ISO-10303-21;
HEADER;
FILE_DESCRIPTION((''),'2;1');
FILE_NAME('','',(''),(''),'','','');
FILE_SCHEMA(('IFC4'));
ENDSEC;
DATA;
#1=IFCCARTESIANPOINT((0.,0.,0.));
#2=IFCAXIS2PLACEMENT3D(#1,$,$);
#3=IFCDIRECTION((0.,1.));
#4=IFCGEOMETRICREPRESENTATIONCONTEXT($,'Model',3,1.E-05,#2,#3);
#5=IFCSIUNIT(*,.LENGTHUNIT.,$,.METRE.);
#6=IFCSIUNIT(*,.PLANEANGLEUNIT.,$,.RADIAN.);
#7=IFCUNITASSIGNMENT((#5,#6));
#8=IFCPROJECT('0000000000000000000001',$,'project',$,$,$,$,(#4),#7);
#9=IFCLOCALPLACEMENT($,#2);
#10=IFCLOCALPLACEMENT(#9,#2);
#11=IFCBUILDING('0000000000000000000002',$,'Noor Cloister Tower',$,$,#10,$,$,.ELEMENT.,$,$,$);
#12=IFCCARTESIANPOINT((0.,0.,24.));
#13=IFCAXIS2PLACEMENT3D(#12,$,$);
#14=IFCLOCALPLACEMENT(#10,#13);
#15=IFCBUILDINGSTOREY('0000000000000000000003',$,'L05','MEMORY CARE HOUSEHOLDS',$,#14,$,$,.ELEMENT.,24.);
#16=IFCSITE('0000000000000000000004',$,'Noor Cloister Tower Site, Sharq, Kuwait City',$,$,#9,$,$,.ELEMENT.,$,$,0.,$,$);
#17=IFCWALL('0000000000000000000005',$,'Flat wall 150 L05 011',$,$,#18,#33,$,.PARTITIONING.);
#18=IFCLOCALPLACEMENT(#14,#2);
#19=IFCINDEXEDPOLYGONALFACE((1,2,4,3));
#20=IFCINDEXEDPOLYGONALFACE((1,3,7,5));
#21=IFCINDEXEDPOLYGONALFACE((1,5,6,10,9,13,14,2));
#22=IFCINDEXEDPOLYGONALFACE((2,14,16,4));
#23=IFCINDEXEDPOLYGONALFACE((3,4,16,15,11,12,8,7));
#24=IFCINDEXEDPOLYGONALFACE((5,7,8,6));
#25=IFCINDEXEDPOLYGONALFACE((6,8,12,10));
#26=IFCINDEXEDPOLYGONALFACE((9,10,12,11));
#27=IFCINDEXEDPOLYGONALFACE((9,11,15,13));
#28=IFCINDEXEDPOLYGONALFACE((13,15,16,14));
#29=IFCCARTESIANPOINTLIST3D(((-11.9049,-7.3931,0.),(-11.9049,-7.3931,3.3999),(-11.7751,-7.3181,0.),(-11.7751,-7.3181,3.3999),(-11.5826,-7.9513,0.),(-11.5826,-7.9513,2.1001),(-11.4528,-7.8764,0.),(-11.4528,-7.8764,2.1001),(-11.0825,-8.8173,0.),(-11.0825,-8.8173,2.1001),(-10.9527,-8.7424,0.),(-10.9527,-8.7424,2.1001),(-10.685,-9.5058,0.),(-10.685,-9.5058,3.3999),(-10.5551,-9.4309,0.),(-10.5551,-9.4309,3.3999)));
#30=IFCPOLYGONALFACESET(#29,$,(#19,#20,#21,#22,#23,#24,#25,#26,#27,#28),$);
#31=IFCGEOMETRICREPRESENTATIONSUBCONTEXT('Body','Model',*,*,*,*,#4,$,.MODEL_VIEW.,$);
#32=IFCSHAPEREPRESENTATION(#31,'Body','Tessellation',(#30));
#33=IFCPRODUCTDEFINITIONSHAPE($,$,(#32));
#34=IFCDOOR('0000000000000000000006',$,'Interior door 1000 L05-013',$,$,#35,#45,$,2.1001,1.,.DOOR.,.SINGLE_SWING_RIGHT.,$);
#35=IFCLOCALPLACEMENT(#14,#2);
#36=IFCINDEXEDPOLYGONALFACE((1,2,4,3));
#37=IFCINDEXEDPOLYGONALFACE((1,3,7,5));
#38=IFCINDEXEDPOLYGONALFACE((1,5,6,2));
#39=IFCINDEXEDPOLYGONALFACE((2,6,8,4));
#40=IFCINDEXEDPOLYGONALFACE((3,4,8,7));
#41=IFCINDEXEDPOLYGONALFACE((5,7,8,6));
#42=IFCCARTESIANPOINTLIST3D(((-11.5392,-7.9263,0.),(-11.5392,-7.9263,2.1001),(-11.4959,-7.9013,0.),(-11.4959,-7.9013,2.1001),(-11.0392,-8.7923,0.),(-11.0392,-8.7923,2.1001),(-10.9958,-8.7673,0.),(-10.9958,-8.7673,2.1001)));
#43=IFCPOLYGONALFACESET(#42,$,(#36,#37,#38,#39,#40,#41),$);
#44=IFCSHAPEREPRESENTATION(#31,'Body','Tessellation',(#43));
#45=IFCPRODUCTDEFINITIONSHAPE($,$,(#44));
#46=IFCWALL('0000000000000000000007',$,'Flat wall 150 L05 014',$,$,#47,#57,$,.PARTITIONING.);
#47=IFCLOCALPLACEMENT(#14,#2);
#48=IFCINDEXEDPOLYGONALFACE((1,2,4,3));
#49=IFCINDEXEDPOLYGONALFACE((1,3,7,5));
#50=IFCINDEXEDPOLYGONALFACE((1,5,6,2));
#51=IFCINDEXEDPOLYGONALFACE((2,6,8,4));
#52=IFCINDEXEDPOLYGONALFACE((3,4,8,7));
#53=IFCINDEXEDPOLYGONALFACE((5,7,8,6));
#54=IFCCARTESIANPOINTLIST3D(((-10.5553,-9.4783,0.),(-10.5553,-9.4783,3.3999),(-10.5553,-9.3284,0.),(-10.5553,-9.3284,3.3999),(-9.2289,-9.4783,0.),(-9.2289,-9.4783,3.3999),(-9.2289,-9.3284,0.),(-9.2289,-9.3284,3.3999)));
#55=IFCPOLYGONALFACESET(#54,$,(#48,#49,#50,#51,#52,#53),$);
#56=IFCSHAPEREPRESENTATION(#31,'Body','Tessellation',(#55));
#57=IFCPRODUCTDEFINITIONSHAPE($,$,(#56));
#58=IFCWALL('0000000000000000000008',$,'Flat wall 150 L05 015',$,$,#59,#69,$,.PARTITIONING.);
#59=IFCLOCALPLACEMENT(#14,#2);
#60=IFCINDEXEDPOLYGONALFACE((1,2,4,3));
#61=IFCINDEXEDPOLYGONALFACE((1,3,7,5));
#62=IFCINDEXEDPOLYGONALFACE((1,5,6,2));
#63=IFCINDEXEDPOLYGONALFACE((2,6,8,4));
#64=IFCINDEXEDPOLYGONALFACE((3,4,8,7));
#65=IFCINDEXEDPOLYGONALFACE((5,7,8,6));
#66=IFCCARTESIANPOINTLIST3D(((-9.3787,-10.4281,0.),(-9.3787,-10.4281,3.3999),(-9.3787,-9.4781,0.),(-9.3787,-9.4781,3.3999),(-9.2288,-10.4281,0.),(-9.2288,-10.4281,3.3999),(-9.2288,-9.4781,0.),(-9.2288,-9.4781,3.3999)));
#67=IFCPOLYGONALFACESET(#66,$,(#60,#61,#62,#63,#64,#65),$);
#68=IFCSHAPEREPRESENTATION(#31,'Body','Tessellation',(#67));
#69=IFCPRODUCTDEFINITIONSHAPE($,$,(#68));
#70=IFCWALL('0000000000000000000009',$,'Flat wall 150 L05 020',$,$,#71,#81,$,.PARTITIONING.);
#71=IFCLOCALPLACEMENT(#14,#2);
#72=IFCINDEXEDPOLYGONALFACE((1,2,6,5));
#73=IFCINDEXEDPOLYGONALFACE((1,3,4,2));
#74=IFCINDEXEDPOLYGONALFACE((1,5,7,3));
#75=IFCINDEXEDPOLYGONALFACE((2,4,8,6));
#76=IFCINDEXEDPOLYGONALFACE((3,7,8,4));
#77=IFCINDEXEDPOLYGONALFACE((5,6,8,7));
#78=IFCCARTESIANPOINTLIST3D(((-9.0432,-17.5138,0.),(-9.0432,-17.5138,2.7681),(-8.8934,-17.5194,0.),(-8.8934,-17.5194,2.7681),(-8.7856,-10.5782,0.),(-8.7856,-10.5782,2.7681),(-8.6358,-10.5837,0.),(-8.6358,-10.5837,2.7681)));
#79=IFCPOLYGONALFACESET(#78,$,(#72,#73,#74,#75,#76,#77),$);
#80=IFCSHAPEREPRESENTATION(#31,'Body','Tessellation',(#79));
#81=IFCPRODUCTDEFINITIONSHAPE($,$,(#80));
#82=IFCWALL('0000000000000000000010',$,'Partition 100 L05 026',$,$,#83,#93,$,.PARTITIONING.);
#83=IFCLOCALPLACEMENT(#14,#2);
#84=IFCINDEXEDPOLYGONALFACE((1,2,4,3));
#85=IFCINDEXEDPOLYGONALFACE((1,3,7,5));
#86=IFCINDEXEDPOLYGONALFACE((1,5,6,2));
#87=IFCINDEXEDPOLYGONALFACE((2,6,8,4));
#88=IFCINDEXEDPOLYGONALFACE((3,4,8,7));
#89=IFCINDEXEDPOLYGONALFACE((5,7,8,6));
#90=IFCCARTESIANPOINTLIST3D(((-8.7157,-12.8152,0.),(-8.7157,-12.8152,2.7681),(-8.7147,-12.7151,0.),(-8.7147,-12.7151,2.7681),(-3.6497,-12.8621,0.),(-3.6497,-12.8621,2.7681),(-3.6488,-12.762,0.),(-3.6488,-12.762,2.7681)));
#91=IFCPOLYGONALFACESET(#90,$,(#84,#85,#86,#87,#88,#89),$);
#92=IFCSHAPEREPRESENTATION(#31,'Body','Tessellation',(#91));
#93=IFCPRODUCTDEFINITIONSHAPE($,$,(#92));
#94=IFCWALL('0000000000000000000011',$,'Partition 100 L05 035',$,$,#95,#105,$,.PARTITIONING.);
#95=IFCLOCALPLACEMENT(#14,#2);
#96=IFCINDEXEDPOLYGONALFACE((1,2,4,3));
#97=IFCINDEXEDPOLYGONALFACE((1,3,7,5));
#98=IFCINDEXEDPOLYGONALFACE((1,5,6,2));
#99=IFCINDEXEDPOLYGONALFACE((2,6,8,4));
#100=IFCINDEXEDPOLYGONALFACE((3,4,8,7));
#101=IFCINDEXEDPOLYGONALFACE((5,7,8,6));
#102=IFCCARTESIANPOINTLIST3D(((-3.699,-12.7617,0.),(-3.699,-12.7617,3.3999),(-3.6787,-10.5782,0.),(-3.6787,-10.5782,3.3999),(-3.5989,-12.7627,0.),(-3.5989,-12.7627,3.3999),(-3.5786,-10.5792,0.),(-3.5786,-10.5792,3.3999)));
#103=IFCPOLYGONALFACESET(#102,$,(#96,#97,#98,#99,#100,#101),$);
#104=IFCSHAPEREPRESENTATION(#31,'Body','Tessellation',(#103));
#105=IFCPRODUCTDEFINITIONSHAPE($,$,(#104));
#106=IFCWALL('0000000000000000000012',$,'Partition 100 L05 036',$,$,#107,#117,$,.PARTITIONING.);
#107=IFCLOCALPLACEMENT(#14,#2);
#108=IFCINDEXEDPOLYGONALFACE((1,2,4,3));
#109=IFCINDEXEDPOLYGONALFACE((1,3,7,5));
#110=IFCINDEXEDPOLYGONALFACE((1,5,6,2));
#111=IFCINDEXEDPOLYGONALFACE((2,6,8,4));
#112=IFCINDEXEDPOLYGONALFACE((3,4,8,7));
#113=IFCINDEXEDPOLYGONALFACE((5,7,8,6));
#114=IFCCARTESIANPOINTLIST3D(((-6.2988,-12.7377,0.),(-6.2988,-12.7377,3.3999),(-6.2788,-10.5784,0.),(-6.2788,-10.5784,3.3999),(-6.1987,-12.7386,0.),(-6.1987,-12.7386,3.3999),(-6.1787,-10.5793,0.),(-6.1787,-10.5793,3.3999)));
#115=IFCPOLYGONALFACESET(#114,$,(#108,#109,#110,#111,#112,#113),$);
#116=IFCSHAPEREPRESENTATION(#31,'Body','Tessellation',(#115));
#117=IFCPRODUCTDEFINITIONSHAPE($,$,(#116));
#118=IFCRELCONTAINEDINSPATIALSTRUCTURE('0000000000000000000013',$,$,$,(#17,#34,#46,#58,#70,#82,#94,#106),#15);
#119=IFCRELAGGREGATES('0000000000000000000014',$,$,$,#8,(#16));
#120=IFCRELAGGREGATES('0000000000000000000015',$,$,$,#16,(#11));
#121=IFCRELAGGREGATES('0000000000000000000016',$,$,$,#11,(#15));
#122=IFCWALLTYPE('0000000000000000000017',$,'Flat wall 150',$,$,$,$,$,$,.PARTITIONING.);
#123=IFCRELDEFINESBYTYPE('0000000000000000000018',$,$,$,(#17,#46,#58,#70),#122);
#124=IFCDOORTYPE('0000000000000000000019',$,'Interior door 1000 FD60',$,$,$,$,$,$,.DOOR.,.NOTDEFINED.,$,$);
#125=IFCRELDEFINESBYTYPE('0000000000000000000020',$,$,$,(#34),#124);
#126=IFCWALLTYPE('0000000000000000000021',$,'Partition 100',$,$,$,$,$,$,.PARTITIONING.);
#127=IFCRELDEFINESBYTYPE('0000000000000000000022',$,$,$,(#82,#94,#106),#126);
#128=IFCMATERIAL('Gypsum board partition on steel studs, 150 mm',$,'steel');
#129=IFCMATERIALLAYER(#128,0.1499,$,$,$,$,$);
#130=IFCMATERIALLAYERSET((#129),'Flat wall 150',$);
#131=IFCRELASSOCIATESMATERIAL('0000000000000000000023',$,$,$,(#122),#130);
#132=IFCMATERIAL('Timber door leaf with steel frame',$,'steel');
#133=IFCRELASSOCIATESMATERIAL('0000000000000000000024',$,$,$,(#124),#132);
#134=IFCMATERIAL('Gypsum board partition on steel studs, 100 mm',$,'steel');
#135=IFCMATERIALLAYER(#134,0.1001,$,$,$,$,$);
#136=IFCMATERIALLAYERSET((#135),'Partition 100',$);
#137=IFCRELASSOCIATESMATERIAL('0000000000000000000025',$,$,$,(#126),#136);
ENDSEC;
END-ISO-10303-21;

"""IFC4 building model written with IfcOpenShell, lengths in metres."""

from ifc_helpers import new_model, si_unit, direction, frame, frame_2d, origin, place, context, subcontext, project, spatial, rectangle, extrude, material, layer, layer_set, type_object, element, fill, save


model = new_model("IFC4")

# Units and contexts
model_context = context("Model", 3, precision=1e-05, world=origin(), true_north=direction((0.0, 1.0)))
body_context = subcontext(model_context, "Body", "Model", "MODEL_VIEW")
ifc_project = project(units=[si_unit("LENGTHUNIT", "METRE"), si_unit("PLANEANGLEUNIT", "RADIAN")], contexts=[model_context])

# Site, building, storey
site_placement = place(None, origin())
site = spatial("IfcSite", under=ifc_project, at=site_placement, Name="Noor Cloister Tower Site, Sharq, Kuwait City", CompositionType="ELEMENT", RefElevation=0.0)
building_placement = place(site_placement, origin())
building = spatial("IfcBuilding", under=site, at=building_placement, Name="Noor Cloister Tower", CompositionType="ELEMENT")
storey_placement = place(building_placement, frame((0.0, 0.0, 24.0)))
storey = spatial("IfcBuildingStorey", under=building, at=storey_placement, Name="L05", Description="MEMORY CARE HOUSEHOLDS", CompositionType="ELEMENT", Elevation=24.0)

# Wall, opening, door
ifc_material_1 = material(Name="Gypsum board partition on steel studs, 150 mm", Category="steel")
ifc_layer_1 = layer(ifc_material_1, 0.1499)
ifc_layer_set_1 = layer_set([ifc_layer_1], Name="Flat wall 150")
wall_type_1 = type_object("IfcWallType", Name="Flat wall 150", PredefinedType="PARTITIONING", material=ifc_layer_set_1)
wall_1_placement = place(storey_placement, frame((-10.6201, -9.4683, 0.0), z_axis=(0.0, 0.0, 1.0), x_axis=(-0.500046, 0.865999, 0.0)))
wall_1 = element("IfcWall", 1, at=wall_1_placement, inside=storey, type_object=wall_type_1, Name="Flat wall 150 L05 011", PredefinedType="PARTITIONING", context=body_context, shape_type="SweptSolid", body=[
    extrude(rectangle(XDim=2.4397, YDim=0.1499, at=frame_2d((1.2197, 0.0))), origin(), (0.0, 0.0, 1.0), 3.3999),
])
opening_1_placement = place(wall_1_placement, frame((0.7949, 0.0, 0.0)))
opening_1 = element("IfcOpeningElement", 2, at=opening_1_placement, cuts=wall_1, PredefinedType="OPENING", context=body_context, shape_type="SweptSolid", body=[
    extrude(rectangle(XDim=1.0, YDim=2.1001, at=frame_2d((0.5, 1.05))), frame((0.0, 0.085, 0.0), z_axis=(0.0, -1.0, 0.0), x_axis=(1.0, 0.0, 0.0)), (0.0, 0.0, 1.0), 0.1699),
])
ifc_material_2 = material(Name="Timber door leaf with steel frame", Category="steel")
door_type_1 = type_object("IfcDoorType", Name="Interior door 1000 FD60", OperationType="NOTDEFINED", PredefinedType="DOOR", material=ifc_material_2)
door_1_placement = place(opening_1_placement, origin())
door_1 = element("IfcDoor", 3, at=door_1_placement, inside=storey, type_object=door_type_1, Name="Interior door 1000 L05-013", OperationType="SINGLE_SWING_RIGHT", OverallHeight=2.1001, OverallWidth=1.0, PredefinedType="DOOR", context=body_context, shape_type="SweptSolid", body=[
    extrude(rectangle(XDim=1.0, YDim=2.1001, at=frame_2d((0.5, 1.05))), frame((0.0, 0.0249, 0.0), z_axis=(0.0, -1.0, 0.0), x_axis=(1.0, 0.0, 0.0)), (0.0, 0.0, 1.0), 0.05),
])
fill(opening_1, door_1)

# Walls
wall_2_placement = place(storey_placement, frame((-10.5552, -9.4033, 0.0), z_axis=(0.0, 0.0, 1.0), x_axis=(1.0, 0.0, 0.0)))
element("IfcWall", 4, at=wall_2_placement, inside=storey, type_object=wall_type_1, Name="Flat wall 150 L05 014", PredefinedType="PARTITIONING", context=body_context, shape_type="SweptSolid", body=[
    extrude(rectangle(XDim=1.3264, YDim=0.1499, at=frame_2d((0.6631, 0.0))), origin(), (0.0, 0.0, 1.0), 3.3999),
])
wall_3_placement = place(storey_placement, frame((-9.3037, -10.4282, 0.0), z_axis=(0.0, 0.0, 1.0), x_axis=(0.0, 1.0, 0.0)))
element("IfcWall", 5, at=wall_3_placement, inside=storey, type_object=wall_type_1, Name="Flat wall 150 L05 015", PredefinedType="PARTITIONING", context=body_context, shape_type="SweptSolid", body=[
    extrude(rectangle(XDim=0.95, YDim=0.1499, at=frame_2d((0.4751, 0.0))), origin(), (0.0, 0.0, 1.0), 3.3999),
])
wall_4_placement = place(storey_placement, frame((-8.9683, -17.5166, 0.0), z_axis=(0.0, 0.0, 1.0), x_axis=(0.037112, 0.999311, 0.0)))
element("IfcWall", 6, at=wall_4_placement, inside=storey, type_object=wall_type_1, Name="Flat wall 150 L05 020", PredefinedType="PARTITIONING", context=body_context, shape_type="SweptSolid", body=[
    extrude(rectangle(XDim=6.9404, YDim=0.1499, at=frame_2d((3.4702, 0.0))), origin(), (0.0, 0.0, 1.0), 2.7681),
])
ifc_material_3 = material(Name="Gypsum board partition on steel studs, 100 mm", Category="steel")
ifc_layer_2 = layer(ifc_material_3, 0.1001)
ifc_layer_set_2 = layer_set([ifc_layer_2], Name="Partition 100")
wall_type_2 = type_object("IfcWallType", Name="Partition 100", PredefinedType="PARTITIONING", material=ifc_layer_set_2)
wall_5_placement = place(storey_placement, frame((-8.7153, -12.7651, 0.0), z_axis=(0.0, 0.0, 1.0), x_axis=(0.999957, -0.009253, 0.0)))
element("IfcWall", 7, at=wall_5_placement, inside=storey, type_object=wall_type_2, Name="Partition 100 L05 026", PredefinedType="PARTITIONING", context=body_context, shape_type="SweptSolid", body=[
    extrude(rectangle(XDim=5.0662, YDim=0.1001, at=frame_2d((2.5332, 0.0))), origin(), (0.0, 0.0, 1.0), 2.7681),
])
wall_6_placement = place(storey_placement, frame((-3.6489, -12.7622, 0.0), z_axis=(0.0, 0.0, 1.0), x_axis=(0.00928, 0.999957, 0.0)))
element("IfcWall", 8, at=wall_6_placement, inside=storey, type_object=wall_type_2, Name="Partition 100 L05 035", PredefinedType="PARTITIONING", context=body_context, shape_type="SweptSolid", body=[
    extrude(rectangle(XDim=2.1836, YDim=0.1001, at=frame_2d((1.0918, 0.0))), origin(), (0.0, 0.0, 1.0), 3.3999),
])
wall_7_placement = place(storey_placement, frame((-6.2488, -12.738, 0.0), z_axis=(0.0, 0.0, 1.0), x_axis=(0.00927, 0.999957, 0.0)))
element("IfcWall", 9, at=wall_7_placement, inside=storey, type_object=wall_type_2, Name="Partition 100 L05 036", PredefinedType="PARTITIONING", context=body_context, shape_type="SweptSolid", body=[
    extrude(rectangle(XDim=2.1594, YDim=0.1001, at=frame_2d((1.0796, 0.0))), origin(), (0.0, 0.0, 1.0), 3.3999),
])

save(model, "model.ifc")
